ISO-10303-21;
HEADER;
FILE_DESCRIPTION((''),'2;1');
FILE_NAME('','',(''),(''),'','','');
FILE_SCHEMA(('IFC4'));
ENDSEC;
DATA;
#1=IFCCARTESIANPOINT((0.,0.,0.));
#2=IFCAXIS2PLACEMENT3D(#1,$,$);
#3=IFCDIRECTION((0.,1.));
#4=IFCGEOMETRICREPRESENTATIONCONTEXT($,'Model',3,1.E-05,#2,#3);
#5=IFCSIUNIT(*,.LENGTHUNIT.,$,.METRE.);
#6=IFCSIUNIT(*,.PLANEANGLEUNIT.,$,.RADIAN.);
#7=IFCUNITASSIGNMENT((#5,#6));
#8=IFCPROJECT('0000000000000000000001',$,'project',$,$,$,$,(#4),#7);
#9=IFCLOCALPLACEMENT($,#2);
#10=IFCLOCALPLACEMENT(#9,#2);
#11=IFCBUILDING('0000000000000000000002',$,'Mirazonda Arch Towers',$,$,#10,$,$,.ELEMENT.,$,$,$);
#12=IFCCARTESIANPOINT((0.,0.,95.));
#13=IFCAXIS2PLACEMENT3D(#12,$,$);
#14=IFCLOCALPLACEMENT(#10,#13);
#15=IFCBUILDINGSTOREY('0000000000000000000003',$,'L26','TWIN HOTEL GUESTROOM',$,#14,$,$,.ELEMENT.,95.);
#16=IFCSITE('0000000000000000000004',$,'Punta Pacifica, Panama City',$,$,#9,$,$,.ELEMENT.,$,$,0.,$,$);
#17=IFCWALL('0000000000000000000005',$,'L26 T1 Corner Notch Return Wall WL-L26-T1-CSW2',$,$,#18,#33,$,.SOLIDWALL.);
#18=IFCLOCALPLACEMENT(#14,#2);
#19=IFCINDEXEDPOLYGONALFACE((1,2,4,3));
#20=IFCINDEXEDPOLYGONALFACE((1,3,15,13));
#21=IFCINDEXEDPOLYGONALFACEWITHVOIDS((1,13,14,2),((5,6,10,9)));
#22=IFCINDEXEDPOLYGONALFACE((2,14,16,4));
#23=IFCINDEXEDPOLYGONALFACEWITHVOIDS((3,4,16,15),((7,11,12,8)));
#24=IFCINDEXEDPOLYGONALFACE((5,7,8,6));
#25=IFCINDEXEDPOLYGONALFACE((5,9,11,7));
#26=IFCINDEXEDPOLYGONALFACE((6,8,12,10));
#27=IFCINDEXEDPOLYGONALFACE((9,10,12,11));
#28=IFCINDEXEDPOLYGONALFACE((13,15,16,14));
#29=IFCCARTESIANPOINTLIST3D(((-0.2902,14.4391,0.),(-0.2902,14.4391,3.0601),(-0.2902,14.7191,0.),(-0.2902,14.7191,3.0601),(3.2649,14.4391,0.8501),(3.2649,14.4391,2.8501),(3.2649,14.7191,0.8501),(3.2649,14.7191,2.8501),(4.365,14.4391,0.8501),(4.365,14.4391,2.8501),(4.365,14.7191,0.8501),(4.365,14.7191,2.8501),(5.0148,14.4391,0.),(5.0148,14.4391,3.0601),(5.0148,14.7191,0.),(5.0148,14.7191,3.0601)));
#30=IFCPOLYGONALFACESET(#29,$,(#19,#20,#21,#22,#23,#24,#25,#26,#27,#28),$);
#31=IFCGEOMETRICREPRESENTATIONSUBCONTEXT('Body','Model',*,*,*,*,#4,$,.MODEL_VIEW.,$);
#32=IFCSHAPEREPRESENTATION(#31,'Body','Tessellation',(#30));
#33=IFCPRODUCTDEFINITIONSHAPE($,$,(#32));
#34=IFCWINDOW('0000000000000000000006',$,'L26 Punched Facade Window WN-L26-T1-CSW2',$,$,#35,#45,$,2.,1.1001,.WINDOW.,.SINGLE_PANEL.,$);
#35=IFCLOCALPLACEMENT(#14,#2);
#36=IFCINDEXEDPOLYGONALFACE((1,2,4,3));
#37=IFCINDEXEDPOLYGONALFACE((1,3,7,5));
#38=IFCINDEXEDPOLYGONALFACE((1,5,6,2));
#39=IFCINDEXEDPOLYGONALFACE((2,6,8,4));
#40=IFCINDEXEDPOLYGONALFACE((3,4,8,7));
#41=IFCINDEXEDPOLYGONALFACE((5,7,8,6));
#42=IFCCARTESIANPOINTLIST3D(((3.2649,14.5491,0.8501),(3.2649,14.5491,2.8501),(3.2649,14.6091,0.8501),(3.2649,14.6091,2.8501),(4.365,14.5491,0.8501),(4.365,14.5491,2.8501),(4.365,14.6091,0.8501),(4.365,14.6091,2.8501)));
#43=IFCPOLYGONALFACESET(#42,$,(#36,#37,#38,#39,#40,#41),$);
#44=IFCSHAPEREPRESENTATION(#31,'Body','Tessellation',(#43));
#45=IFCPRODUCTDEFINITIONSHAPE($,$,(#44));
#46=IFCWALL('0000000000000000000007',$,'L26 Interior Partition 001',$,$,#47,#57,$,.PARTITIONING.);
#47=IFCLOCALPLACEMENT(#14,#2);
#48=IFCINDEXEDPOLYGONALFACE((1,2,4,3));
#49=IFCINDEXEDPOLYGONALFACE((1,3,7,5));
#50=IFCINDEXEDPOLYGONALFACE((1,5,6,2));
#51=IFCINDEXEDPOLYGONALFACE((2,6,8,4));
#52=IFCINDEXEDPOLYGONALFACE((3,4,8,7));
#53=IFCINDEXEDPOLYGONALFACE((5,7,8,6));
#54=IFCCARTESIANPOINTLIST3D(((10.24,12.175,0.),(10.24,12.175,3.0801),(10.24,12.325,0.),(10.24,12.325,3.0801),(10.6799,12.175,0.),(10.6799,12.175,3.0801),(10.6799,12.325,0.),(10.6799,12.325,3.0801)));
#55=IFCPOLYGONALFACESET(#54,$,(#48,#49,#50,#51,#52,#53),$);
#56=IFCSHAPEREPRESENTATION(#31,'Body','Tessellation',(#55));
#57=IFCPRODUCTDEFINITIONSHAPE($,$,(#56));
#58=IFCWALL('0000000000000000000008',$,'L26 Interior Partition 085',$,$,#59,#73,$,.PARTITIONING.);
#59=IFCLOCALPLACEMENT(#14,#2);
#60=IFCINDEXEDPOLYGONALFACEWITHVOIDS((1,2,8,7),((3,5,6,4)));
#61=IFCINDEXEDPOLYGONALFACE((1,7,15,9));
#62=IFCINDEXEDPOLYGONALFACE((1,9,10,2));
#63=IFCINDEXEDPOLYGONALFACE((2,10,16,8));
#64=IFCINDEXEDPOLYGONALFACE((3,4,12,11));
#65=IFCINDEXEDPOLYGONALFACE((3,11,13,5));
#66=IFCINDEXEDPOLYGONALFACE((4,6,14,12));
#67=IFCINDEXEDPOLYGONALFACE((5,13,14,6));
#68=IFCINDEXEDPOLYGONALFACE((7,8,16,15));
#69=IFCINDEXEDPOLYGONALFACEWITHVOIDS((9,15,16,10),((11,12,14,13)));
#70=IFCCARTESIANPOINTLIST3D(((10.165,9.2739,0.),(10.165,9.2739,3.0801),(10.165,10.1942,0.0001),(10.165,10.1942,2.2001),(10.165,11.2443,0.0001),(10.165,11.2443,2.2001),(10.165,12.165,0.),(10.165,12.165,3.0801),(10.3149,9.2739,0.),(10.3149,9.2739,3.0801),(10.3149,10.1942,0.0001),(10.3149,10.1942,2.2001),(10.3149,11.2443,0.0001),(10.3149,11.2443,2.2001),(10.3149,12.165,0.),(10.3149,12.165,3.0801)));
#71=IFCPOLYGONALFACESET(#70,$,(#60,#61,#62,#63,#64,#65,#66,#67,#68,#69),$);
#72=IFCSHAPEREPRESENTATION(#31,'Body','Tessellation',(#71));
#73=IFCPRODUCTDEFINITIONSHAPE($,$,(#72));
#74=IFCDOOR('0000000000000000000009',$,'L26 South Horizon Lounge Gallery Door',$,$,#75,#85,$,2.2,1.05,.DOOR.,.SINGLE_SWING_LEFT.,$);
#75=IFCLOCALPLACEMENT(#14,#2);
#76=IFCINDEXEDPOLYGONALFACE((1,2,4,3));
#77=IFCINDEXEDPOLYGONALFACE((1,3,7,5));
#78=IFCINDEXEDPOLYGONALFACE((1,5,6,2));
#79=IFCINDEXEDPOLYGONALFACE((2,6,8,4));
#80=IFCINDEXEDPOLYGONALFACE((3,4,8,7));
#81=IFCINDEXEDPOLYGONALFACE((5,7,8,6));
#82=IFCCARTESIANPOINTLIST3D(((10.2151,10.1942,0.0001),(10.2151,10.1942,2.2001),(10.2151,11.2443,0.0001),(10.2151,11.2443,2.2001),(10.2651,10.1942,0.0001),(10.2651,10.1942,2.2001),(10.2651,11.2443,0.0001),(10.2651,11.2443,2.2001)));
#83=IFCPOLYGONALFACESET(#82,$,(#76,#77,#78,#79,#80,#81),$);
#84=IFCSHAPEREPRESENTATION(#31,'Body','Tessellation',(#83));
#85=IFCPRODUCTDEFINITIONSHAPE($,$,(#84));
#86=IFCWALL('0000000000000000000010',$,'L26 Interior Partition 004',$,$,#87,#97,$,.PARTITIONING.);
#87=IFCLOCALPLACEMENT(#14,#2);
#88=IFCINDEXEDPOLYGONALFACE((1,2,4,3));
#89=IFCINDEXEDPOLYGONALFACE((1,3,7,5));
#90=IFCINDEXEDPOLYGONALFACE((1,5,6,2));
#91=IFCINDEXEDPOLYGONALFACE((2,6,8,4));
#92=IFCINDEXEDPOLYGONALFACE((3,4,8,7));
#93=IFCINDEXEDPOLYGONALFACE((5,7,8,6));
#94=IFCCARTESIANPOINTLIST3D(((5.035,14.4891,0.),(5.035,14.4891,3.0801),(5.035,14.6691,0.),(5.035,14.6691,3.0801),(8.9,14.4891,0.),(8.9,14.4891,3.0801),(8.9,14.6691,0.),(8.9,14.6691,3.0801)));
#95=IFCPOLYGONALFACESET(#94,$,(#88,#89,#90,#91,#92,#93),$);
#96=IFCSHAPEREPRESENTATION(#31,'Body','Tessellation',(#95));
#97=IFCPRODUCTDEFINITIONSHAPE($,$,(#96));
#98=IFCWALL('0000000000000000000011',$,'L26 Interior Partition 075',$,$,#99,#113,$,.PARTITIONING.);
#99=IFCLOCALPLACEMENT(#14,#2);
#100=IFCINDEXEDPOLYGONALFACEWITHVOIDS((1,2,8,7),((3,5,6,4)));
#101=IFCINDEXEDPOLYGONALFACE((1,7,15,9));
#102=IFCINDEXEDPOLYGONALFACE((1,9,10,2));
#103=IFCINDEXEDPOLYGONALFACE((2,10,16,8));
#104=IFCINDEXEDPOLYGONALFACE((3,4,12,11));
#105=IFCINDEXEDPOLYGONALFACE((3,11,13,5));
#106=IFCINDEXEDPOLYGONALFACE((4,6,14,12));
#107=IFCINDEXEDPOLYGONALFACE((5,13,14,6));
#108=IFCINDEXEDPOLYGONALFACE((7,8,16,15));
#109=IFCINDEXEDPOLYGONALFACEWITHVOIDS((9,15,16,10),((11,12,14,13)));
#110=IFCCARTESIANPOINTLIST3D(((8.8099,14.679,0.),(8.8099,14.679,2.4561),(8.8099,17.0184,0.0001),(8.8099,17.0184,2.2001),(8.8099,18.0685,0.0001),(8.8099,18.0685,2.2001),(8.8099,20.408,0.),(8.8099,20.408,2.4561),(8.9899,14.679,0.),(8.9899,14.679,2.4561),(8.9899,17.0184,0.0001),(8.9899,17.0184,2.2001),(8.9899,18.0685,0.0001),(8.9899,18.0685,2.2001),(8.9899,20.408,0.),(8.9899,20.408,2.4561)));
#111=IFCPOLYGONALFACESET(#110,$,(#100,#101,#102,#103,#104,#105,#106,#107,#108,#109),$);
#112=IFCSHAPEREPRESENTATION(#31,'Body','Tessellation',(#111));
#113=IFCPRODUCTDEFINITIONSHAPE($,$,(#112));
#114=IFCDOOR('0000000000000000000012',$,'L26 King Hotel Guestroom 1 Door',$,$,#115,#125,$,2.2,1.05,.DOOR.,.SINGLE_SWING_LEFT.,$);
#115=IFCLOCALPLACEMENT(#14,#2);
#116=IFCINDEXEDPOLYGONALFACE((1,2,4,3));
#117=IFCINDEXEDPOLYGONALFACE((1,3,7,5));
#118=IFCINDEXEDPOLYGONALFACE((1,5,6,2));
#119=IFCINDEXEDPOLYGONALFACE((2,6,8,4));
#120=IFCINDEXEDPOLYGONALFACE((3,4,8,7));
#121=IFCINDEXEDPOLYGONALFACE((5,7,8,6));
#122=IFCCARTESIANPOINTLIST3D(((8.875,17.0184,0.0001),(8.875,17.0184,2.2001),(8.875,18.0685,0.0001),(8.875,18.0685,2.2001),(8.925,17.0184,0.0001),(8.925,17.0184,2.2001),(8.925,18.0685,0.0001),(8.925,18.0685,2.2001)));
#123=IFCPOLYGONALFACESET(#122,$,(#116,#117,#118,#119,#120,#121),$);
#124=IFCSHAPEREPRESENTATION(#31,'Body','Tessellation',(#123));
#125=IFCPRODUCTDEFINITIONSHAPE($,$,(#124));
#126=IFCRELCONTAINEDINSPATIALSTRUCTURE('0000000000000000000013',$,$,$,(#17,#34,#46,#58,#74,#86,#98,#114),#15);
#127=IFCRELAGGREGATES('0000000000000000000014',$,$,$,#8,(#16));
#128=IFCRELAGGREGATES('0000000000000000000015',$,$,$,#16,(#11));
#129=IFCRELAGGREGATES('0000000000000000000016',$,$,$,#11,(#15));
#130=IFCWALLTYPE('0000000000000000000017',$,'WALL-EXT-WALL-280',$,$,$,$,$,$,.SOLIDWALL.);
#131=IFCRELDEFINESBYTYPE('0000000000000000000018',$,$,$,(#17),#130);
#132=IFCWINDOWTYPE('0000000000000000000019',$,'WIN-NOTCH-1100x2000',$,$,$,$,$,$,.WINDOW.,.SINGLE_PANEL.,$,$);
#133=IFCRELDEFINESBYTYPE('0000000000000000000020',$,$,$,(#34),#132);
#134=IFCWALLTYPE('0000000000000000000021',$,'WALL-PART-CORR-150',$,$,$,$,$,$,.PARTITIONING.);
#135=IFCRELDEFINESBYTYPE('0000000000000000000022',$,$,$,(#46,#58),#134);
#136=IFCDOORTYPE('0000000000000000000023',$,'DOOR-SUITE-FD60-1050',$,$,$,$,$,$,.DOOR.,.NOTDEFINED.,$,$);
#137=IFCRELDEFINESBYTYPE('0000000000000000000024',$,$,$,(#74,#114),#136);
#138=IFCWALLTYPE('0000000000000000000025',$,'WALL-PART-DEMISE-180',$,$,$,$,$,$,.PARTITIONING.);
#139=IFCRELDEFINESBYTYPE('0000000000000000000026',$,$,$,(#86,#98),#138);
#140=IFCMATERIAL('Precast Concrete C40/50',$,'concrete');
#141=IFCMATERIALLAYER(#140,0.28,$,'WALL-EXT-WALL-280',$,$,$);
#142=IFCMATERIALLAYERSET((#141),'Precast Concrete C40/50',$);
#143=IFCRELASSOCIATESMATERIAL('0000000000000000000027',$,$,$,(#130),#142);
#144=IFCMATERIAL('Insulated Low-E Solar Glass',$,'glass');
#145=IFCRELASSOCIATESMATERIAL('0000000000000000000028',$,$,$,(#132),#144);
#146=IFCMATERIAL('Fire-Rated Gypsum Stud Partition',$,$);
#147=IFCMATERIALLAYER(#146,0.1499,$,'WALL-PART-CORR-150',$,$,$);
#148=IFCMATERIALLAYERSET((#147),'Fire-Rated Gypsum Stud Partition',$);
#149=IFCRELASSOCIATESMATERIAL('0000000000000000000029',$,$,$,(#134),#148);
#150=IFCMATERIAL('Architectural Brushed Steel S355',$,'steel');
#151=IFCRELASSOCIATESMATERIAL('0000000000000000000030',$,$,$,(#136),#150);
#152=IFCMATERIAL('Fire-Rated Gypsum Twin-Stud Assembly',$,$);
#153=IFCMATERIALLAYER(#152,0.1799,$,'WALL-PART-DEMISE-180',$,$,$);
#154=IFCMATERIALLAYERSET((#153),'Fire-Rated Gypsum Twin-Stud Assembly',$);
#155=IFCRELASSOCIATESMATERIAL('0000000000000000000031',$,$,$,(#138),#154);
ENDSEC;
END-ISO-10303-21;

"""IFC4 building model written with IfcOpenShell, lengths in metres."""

from ifc_helpers import new_model, si_unit, direction, frame, frame_2d, origin, place, context, subcontext, project, spatial, rectangle, extrude, material, layer, layer_set, type_object, element, fill, save


model = new_model("IFC4")

# Units and contexts
model_context = context("Model", 3, precision=1e-05, world=origin(), true_north=direction((0.0, 1.0)))
body_context = subcontext(model_context, "Body", "Model", "MODEL_VIEW")
ifc_project = project(units=[si_unit("LENGTHUNIT", "METRE"), si_unit("PLANEANGLEUNIT", "RADIAN")], contexts=[model_context])

# Site, building, storey
site_placement = place(None, origin())
site = spatial("IfcSite", under=ifc_project, at=site_placement, Name="Punta Pacifica, Panama City", CompositionType="ELEMENT", RefElevation=0.0)
building_placement = place(site_placement, origin())
building = spatial("IfcBuilding", under=site, at=building_placement, Name="Mirazonda Arch Towers", CompositionType="ELEMENT")
storey_placement = place(building_placement, frame((0.0, 0.0, 95.0)))
storey = spatial("IfcBuildingStorey", under=building, at=storey_placement, Name="L26", Description="TWIN HOTEL GUESTROOM", CompositionType="ELEMENT", Elevation=95.0)

# Shared definitions
ifc_material_1 = material(Name="Insulated Low-E Solar Glass", Category="glass")

# Wall, opening, window
ifc_material_2 = material(Name="Precast Concrete C40/50", Category="concrete")
ifc_layer_1 = layer(ifc_material_2, 0.28, Name="WALL-EXT-WALL-280")
ifc_layer_set_1 = layer_set([ifc_layer_1], Name="Precast Concrete C40/50")
wall_type_1 = type_object("IfcWallType", Name="WALL-EXT-WALL-280", PredefinedType="SOLIDWALL", material=ifc_layer_set_1)
wall_1_placement = place(storey_placement, frame((-0.29, 14.5791, 0.0), z_axis=(0.0, 0.0, 1.0), x_axis=(1.0, 0.0, 0.0)))
wall_1 = element("IfcWall", 1, at=wall_1_placement, inside=storey, type_object=wall_type_1, Name="L26 T1 Corner Notch Return Wall WL-L26-T1-CSW2", PredefinedType="SOLIDWALL", context=body_context, shape_type="SweptSolid", body=[
    extrude(rectangle(XDim=5.3049, YDim=0.28, at=frame_2d((2.6523, 0.0))), origin(), (0.0, 0.0, 1.0), 3.0601),
])
opening_1_placement = place(wall_1_placement, frame((3.5549, 0.0, 0.8501)))
opening_1 = element("IfcOpeningElement", 2, at=opening_1_placement, cuts=wall_1, PredefinedType="OPENING", context=body_context, shape_type="SweptSolid", body=[
    extrude(rectangle(XDim=1.1001, YDim=2.0, at=frame_2d((0.55, 1.0))), frame((0.0, 0.1499, 0.0), z_axis=(0.0, -1.0, 0.0), x_axis=(1.0, 0.0, 0.0)), (0.0, 0.0, 1.0), 0.3),
])
window_type_1 = type_object("IfcWindowType", Name="WIN-NOTCH-1100x2000", PartitioningType="SINGLE_PANEL", PredefinedType="WINDOW", material=ifc_material_1)
window_1_placement = place(opening_1_placement, origin())
window_1 = element("IfcWindow", 3, at=window_1_placement, inside=storey, type_object=window_type_1, Name="L26 Punched Facade Window WN-L26-T1-CSW2", OverallHeight=2.0, OverallWidth=1.1001, PartitioningType="SINGLE_PANEL", PredefinedType="WINDOW", context=body_context, shape_type="SweptSolid", body=[
    extrude(rectangle(XDim=1.1001, YDim=2.0, at=frame_2d((0.55, 1.0))), frame((0.0, 0.03, 0.0), z_axis=(0.0, -1.0, 0.0), x_axis=(1.0, 0.0, 0.0)), (0.0, 0.0, 1.0), 0.0601),
])
fill(opening_1, window_1)

# Wall
ifc_material_3 = material(Name="Fire-Rated Gypsum Stud Partition")
ifc_layer_2 = layer(ifc_material_3, 0.1499, Name="WALL-PART-CORR-150")
ifc_layer_set_2 = layer_set([ifc_layer_2], Name="Fire-Rated Gypsum Stud Partition")
wall_type_2 = type_object("IfcWallType", Name="WALL-PART-CORR-150", PredefinedType="PARTITIONING", material=ifc_layer_set_2)
wall_2_placement = place(storey_placement, frame((10.24, 12.25, 0.0), z_axis=(0.0, 0.0, 1.0), x_axis=(1.0, 0.0, 0.0)))
element("IfcWall", 4, at=wall_2_placement, inside=storey, type_object=wall_type_2, Name="L26 Interior Partition 001", PredefinedType="PARTITIONING", context=body_context, shape_type="SweptSolid", body=[
    extrude(rectangle(XDim=0.4399, YDim=0.1499, at=frame_2d((0.22, 0.0))), origin(), (0.0, 0.0, 1.0), 3.0801),
])

# Wall, opening, door
wall_3_placement = place(storey_placement, frame((10.24, 9.2739, 0.0), z_axis=(0.0, 0.0, 1.0), x_axis=(0.0, 1.0, 0.0)))
wall_3 = element("IfcWall", 5, at=wall_3_placement, inside=storey, type_object=wall_type_2, Name="L26 Interior Partition 085", PredefinedType="PARTITIONING", context=body_context, shape_type="SweptSolid", body=[
    extrude(rectangle(XDim=2.8911, YDim=0.1499, at=frame_2d((1.4456, 0.0))), origin(), (0.0, 0.0, 1.0), 3.0801),
])
opening_2_placement = place(wall_3_placement, frame((0.9204, 0.0, 0.0)))
opening_2 = element("IfcOpeningElement", 6, at=opening_2_placement, cuts=wall_3, PredefinedType="OPENING", context=body_context, shape_type="SweptSolid", body=[
    extrude(rectangle(XDim=1.05, YDim=2.2, at=frame_2d((0.5249, 1.1001))), frame((0.0, 0.085, 0.0), z_axis=(0.0, -1.0, 0.0), x_axis=(1.0, 0.0, 0.0)), (0.0, 0.0, 1.0), 0.1699),
])
ifc_material_4 = material(Name="Architectural Brushed Steel S355", Category="steel")
door_type_1 = type_object("IfcDoorType", Name="DOOR-SUITE-FD60-1050", OperationType="NOTDEFINED", PredefinedType="DOOR", material=ifc_material_4)
door_1_placement = place(opening_2_placement, origin())
door_1 = element("IfcDoor", 7, at=door_1_placement, inside=storey, type_object=door_type_1, Name="L26 South Horizon Lounge Gallery Door", OperationType="SINGLE_SWING_LEFT", OverallHeight=2.2, OverallWidth=1.05, PredefinedType="DOOR", context=body_context, shape_type="SweptSolid", body=[
    extrude(rectangle(XDim=1.05, YDim=2.2, at=frame_2d((0.5249, 1.1001))), frame((0.0, 0.0249, 0.0), z_axis=(0.0, -1.0, 0.0), x_axis=(1.0, 0.0, 0.0)), (0.0, 0.0, 1.0), 0.05),
])
fill(opening_2, door_1)

# Wall
ifc_material_5 = material(Name="Fire-Rated Gypsum Twin-Stud Assembly")
ifc_layer_3 = layer(ifc_material_5, 0.1799, Name="WALL-PART-DEMISE-180")
ifc_layer_set_3 = layer_set([ifc_layer_3], Name="Fire-Rated Gypsum Twin-Stud Assembly")
wall_type_3 = type_object("IfcWallType", Name="WALL-PART-DEMISE-180", PredefinedType="PARTITIONING", material=ifc_layer_set_3)
wall_4_placement = place(storey_placement, frame((5.0349, 14.5791, 0.0), z_axis=(0.0, 0.0, 1.0), x_axis=(1.0, 0.0, 0.0)))
element("IfcWall", 8, at=wall_4_placement, inside=storey, type_object=wall_type_3, Name="L26 Interior Partition 004", PredefinedType="PARTITIONING", context=body_context, shape_type="SweptSolid", body=[
    extrude(rectangle(XDim=3.865, YDim=0.1799, at=frame_2d((1.9326, 0.0))), origin(), (0.0, 0.0, 1.0), 3.0801),
])

# Wall, opening, door
wall_5_placement = place(storey_placement, frame((8.8999, 14.679, 0.0), z_axis=(0.0, 0.0, 1.0), x_axis=(0.0, 1.0, 0.0)))
wall_5 = element("IfcWall", 9, at=wall_5_placement, inside=storey, type_object=wall_type_3, Name="L26 Interior Partition 075", PredefinedType="PARTITIONING", context=body_context, shape_type="SweptSolid", body=[
    extrude(rectangle(XDim=5.729, YDim=0.1799, at=frame_2d((2.8645, 0.0))), origin(), (0.0, 0.0, 1.0), 2.4561),
])
opening_3_placement = place(wall_5_placement, frame((2.3396, 0.0, 0.0)))
opening_3 = element("IfcOpeningElement", 10, at=opening_3_placement, cuts=wall_5, PredefinedType="OPENING", context=body_context, shape_type="SweptSolid", body=[
    extrude(rectangle(XDim=1.05, YDim=2.2, at=frame_2d((0.5249, 1.1001))), frame((0.0, 0.0999, 0.0), z_axis=(0.0, -1.0, 0.0), x_axis=(1.0, 0.0, 0.0)), (0.0, 0.0, 1.0), 0.2),
])
door_2_placement = place(opening_3_placement, origin())
door_2 = element("IfcDoor", 11, at=door_2_placement, inside=storey, type_object=door_type_1, Name="L26 King Hotel Guestroom 1 Door", OperationType="SINGLE_SWING_LEFT", OverallHeight=2.2, OverallWidth=1.05, PredefinedType="DOOR", context=body_context, shape_type="SweptSolid", body=[
    extrude(rectangle(XDim=1.05, YDim=2.2, at=frame_2d((0.5249, 1.1001))), frame((0.0, 0.0249, 0.0), z_axis=(0.0, -1.0, 0.0), x_axis=(1.0, 0.0, 0.0)), (0.0, 0.0, 1.0), 0.05),
])
fill(opening_3, door_2)

save(model, "model.ifc")
